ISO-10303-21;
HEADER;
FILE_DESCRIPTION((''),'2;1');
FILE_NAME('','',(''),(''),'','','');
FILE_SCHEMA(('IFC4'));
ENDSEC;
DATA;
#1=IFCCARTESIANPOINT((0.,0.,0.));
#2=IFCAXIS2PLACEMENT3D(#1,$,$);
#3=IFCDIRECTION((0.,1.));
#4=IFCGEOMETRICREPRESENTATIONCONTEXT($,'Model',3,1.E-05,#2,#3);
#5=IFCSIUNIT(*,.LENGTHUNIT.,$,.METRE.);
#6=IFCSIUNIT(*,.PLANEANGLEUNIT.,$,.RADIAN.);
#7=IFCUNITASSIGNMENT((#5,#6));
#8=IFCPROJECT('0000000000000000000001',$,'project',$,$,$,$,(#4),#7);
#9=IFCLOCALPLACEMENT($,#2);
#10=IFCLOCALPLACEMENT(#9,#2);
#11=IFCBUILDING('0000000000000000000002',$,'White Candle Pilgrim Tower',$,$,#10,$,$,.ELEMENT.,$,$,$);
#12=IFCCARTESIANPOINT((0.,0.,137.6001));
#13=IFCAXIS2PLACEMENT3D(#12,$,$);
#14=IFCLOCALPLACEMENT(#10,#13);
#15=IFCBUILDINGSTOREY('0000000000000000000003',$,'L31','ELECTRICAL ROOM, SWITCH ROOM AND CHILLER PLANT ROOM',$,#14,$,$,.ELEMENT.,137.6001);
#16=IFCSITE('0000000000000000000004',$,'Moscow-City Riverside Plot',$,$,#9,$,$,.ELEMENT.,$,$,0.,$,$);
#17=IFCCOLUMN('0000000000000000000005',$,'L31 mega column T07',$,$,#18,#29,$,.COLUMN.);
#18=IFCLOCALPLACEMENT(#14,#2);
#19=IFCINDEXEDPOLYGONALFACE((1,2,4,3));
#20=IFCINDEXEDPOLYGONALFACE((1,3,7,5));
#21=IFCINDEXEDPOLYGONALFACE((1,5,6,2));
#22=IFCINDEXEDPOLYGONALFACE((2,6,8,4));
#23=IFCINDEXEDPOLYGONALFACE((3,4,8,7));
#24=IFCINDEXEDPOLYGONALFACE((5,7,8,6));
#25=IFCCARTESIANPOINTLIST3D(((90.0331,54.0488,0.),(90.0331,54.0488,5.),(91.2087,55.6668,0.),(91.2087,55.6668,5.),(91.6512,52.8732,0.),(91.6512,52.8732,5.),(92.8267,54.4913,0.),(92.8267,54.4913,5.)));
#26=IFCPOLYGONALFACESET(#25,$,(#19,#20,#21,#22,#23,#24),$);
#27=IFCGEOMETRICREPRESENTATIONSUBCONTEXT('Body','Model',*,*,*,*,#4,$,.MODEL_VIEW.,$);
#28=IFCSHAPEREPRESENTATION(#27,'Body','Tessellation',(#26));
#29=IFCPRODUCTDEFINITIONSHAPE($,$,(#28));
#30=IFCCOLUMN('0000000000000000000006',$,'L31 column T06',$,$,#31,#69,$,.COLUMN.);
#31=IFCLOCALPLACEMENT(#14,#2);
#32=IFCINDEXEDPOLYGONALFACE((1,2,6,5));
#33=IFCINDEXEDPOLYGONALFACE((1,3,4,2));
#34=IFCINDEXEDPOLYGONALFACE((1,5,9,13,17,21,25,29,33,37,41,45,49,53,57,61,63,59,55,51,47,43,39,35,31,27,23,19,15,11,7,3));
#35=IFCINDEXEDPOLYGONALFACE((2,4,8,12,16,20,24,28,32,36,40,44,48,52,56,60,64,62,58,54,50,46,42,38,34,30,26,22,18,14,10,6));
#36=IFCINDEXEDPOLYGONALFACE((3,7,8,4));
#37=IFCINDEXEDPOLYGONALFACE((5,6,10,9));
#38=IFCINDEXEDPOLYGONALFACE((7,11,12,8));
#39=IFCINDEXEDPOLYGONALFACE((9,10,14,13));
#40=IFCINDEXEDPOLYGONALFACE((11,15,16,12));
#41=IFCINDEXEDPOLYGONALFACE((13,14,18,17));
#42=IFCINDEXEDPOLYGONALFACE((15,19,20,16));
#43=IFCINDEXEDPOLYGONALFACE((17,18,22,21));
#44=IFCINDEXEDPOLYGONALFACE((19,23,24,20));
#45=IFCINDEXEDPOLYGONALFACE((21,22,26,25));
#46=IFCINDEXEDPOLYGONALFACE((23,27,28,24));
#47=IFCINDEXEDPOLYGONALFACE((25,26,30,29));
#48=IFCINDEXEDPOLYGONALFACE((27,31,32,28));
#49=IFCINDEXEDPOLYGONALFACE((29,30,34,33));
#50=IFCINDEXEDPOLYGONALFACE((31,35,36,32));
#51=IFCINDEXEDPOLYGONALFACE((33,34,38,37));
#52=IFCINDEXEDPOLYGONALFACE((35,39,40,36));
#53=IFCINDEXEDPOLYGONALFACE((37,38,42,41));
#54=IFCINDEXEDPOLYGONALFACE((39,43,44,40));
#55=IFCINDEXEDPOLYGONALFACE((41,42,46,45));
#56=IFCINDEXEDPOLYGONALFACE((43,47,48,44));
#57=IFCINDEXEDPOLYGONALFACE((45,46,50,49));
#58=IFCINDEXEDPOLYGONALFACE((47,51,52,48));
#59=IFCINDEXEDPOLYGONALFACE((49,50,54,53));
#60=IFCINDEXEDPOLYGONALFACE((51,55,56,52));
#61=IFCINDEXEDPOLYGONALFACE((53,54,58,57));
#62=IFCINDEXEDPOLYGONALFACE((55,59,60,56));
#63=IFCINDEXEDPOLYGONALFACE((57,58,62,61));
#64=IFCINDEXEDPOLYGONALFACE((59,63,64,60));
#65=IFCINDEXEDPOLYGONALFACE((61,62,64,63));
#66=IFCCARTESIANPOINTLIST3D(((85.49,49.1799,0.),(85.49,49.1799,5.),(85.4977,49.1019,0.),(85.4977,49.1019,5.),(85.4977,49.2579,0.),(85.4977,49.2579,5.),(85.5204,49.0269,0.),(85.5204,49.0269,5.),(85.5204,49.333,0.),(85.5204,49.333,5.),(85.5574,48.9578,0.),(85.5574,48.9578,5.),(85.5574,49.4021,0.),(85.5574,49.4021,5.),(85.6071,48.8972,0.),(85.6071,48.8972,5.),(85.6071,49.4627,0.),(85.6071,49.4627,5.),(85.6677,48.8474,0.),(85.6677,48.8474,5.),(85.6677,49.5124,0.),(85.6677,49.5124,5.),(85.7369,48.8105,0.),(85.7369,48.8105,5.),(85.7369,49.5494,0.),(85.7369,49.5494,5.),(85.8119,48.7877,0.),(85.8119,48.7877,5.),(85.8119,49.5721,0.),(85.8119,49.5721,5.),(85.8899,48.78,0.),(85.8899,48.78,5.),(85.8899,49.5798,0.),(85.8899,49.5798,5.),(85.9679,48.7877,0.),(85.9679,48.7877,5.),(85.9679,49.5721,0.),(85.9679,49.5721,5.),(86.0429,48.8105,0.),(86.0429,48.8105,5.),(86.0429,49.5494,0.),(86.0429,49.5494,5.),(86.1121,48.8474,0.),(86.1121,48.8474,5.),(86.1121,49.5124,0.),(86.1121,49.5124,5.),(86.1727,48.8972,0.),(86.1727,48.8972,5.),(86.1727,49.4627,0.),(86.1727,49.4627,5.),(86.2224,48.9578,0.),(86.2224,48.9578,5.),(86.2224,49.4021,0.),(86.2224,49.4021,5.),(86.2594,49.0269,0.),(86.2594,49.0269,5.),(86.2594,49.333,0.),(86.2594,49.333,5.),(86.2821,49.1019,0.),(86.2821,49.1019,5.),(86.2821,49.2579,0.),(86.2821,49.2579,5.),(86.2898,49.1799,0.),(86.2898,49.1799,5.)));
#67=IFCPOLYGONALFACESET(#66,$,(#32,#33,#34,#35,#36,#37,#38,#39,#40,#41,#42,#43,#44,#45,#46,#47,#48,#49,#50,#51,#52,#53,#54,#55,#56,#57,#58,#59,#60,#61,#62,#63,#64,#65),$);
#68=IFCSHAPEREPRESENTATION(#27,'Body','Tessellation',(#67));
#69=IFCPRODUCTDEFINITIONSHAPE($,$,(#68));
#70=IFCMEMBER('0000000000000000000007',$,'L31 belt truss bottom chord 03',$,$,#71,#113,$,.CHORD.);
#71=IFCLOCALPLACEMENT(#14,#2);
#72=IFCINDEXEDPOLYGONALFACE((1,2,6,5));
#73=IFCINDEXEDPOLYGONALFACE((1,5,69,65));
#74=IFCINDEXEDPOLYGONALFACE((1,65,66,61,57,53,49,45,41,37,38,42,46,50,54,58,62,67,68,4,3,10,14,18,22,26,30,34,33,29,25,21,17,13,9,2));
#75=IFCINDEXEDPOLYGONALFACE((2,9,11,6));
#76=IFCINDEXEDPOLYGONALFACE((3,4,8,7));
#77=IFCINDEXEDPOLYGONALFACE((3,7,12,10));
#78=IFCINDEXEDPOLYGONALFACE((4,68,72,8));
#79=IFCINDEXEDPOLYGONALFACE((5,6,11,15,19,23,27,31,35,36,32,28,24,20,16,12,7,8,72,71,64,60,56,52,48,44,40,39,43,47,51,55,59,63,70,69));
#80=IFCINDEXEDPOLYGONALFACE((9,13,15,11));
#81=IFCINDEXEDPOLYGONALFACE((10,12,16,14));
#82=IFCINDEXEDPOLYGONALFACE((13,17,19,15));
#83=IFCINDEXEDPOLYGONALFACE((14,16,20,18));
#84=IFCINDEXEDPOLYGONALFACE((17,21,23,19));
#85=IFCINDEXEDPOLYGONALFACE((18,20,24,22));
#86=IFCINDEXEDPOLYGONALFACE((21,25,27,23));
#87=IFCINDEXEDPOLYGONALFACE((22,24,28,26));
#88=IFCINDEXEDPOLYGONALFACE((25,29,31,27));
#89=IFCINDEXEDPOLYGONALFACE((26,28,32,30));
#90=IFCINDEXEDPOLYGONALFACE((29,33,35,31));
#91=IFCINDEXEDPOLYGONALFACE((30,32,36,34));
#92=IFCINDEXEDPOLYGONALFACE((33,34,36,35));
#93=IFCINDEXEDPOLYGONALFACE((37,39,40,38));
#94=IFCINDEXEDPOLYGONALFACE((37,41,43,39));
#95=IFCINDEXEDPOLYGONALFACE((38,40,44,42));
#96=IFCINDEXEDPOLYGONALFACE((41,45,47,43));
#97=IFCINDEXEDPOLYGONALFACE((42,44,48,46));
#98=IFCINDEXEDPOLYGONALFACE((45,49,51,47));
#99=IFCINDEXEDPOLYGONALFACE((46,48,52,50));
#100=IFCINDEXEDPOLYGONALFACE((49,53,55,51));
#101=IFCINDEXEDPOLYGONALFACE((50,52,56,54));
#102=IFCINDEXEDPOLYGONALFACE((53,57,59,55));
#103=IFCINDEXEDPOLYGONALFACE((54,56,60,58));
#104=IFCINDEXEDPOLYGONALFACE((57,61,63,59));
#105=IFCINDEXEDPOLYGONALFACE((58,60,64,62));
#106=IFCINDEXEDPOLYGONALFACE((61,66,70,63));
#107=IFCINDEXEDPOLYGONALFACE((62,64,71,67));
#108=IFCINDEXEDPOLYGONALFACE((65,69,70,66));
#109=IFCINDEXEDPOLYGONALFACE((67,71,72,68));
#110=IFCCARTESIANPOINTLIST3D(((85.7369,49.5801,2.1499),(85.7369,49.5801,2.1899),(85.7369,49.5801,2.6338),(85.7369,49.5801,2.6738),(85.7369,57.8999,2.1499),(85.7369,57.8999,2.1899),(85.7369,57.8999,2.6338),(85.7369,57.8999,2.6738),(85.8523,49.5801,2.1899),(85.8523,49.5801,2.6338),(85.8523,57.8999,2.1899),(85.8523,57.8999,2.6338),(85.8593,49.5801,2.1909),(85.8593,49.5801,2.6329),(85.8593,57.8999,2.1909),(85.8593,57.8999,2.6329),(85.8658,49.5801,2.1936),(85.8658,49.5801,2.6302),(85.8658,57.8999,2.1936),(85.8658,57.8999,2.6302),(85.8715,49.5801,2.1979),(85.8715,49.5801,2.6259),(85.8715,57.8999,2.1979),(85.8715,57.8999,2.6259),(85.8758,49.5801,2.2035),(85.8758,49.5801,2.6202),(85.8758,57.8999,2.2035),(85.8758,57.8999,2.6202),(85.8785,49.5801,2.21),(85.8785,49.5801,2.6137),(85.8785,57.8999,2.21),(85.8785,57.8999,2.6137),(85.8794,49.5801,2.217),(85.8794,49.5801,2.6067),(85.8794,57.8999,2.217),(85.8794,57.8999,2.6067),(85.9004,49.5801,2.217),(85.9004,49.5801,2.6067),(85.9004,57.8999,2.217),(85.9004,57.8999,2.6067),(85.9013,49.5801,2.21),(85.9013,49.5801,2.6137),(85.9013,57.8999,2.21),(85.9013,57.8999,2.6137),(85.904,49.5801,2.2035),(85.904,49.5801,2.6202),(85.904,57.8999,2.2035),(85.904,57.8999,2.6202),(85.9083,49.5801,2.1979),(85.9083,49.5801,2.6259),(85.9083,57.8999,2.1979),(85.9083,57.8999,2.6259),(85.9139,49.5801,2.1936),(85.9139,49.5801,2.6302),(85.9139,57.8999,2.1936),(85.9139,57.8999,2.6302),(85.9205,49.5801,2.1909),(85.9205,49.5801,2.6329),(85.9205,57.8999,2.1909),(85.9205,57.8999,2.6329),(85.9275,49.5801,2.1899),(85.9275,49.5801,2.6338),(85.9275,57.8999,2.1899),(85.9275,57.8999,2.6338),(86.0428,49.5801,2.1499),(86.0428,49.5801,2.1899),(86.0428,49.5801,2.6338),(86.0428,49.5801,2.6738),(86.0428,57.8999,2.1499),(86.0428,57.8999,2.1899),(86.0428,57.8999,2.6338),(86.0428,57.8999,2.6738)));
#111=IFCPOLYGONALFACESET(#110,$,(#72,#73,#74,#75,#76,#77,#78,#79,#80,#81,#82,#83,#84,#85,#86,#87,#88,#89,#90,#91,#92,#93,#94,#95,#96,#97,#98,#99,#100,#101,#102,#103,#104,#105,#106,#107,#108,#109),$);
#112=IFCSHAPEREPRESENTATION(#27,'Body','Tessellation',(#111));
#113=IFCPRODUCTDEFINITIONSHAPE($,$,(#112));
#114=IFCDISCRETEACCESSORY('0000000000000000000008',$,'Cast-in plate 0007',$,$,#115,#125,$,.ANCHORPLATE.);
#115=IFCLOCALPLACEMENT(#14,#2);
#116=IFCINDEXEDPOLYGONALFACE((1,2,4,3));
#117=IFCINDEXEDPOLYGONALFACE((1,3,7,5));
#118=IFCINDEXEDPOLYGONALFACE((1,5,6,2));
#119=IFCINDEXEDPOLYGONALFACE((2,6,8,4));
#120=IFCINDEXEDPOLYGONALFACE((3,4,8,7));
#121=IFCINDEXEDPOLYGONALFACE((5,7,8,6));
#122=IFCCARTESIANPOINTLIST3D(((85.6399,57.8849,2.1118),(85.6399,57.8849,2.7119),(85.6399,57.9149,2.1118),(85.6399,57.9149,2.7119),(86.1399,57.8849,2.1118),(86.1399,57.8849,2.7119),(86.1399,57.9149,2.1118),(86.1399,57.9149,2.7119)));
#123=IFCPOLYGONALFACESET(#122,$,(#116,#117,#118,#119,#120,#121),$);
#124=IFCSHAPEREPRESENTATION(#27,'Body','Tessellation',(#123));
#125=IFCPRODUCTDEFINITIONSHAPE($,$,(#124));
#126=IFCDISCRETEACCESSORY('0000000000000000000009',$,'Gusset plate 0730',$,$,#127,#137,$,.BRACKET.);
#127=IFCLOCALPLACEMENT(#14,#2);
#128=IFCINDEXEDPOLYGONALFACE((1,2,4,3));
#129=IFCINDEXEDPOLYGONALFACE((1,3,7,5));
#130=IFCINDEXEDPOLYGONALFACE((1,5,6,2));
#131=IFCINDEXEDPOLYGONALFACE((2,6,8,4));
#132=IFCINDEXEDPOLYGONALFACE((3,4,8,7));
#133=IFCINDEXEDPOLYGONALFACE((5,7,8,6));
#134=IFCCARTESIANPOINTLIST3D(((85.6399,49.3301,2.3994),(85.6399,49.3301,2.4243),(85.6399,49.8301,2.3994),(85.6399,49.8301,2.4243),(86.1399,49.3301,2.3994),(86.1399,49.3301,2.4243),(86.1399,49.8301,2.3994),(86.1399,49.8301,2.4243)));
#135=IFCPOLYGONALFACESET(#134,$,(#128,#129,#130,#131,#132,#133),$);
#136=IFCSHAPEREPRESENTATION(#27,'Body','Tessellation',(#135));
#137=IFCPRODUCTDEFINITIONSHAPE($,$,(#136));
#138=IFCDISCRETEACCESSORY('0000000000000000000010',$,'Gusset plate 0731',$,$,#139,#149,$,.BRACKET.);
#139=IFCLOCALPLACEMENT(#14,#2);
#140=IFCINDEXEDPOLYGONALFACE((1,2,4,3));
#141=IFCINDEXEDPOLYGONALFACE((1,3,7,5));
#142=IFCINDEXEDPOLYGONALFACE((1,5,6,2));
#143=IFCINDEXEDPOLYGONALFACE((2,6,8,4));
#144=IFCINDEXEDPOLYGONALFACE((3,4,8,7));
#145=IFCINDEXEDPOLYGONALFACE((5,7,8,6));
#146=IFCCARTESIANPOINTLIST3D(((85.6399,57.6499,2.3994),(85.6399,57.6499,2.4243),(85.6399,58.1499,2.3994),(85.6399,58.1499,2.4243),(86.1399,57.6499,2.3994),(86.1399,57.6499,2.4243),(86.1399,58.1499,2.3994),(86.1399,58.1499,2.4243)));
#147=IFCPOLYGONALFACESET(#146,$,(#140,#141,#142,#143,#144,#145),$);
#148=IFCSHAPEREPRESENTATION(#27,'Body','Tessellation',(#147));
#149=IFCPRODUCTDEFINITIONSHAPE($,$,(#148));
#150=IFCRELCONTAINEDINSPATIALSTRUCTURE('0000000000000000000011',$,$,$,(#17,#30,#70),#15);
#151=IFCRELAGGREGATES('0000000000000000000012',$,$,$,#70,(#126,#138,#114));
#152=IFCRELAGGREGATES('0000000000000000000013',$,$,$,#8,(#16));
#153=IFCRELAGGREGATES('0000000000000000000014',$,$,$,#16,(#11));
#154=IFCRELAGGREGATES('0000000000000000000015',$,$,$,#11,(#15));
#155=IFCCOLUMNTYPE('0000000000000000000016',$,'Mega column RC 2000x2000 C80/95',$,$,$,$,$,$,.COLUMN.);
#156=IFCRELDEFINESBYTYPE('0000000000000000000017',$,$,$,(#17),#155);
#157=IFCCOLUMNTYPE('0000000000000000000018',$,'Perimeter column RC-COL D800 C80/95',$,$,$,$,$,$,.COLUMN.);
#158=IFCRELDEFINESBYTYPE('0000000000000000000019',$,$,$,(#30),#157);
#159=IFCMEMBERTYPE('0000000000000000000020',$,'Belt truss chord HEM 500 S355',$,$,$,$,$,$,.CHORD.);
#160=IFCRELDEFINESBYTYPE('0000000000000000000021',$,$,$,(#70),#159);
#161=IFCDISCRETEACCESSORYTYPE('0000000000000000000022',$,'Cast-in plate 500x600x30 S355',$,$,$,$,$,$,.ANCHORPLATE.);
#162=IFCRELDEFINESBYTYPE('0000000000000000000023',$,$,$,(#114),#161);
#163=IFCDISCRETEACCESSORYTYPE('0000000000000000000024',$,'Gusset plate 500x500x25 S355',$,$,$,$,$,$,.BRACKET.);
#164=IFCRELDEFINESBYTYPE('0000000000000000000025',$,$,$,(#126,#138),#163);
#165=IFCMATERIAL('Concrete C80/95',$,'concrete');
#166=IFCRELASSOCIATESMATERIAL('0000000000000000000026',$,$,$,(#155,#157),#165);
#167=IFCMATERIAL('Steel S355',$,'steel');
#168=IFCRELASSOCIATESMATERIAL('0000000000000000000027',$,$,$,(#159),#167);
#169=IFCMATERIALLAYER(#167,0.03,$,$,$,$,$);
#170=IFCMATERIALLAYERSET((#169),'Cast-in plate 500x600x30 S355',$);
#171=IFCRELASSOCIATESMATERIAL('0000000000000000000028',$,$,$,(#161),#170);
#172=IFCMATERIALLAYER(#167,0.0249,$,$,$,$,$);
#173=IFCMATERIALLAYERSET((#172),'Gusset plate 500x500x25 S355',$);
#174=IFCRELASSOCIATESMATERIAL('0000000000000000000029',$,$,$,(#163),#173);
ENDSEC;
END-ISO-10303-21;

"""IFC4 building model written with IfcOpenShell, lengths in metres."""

from ifc_helpers import new_model, si_unit, direction, frame, origin, origin_2d, place, context, subcontext, project, spatial, rectangle, circle, i_section, extrude, material, layer, layer_set, material_profile, profile_set, type_object, element, aggregate, save


model = new_model("IFC4")

# Units and contexts
model_context = context("Model", 3, precision=1e-05, world=origin(), true_north=direction((0.0, 1.0)))
body_context = subcontext(model_context, "Body", "Model", "MODEL_VIEW")
ifc_project = project(units=[si_unit("LENGTHUNIT", "METRE"), si_unit("PLANEANGLEUNIT", "RADIAN")], contexts=[model_context])

# Site, building, storey
site_placement = place(None, origin())
site = spatial("IfcSite", under=ifc_project, at=site_placement, Name="Moscow-City Riverside Plot", CompositionType="ELEMENT", RefElevation=0.0)
building_placement = place(site_placement, origin())
building = spatial("IfcBuilding", under=site, at=building_placement, Name="White Candle Pilgrim Tower", CompositionType="ELEMENT")
storey_placement = place(building_placement, frame((0.0, 0.0, 137.6001)))
storey = spatial("IfcBuildingStorey", under=building, at=storey_placement, Name="L31", Description="ELECTRICAL ROOM, SWITCH ROOM AND CHILLER PLANT ROOM", CompositionType="ELEMENT", Elevation=137.6001)

# Columns
ifc_material_1 = material(Name="Concrete C80/95", Category="concrete")
ifc_material_profile_1 = material_profile(ifc_material_1, rectangle(XDim=2.0, YDim=2.0, at=origin_2d()), Name="RC 2000x2000")
ifc_profile_set_1 = profile_set([ifc_material_profile_1], Name="Concrete C80/95")
column_type_1 = type_object("IfcColumnType", Name="Mega column RC 2000x2000 C80/95", PredefinedType="COLUMN", material=ifc_profile_set_1)
column_1_placement = place(storey_placement, frame((91.4299, 54.27, 0.0), z_axis=(0.0, 0.0, 1.0), x_axis=(0.809017, -0.587785, 0.0)))
element("IfcColumn", 1, at=column_1_placement, inside=storey, type_object=column_type_1, Name="L31 mega column T07", PredefinedType="COLUMN", context=body_context, shape_type="SweptSolid", body=[
    extrude(rectangle(XDim=2.0, YDim=2.0, at=origin_2d()), origin(), (0.0, 0.0, 1.0), 5.0),
])
ifc_material_profile_2 = material_profile(ifc_material_1, circle(Radius=0.3999, at=origin_2d()), Name="RC-COL D800")
ifc_profile_set_2 = profile_set([ifc_material_profile_2], Name="Concrete C80/95")
column_type_2 = type_object("IfcColumnType", Name="Perimeter column RC-COL D800 C80/95", PredefinedType="COLUMN", material=ifc_profile_set_2)
column_2_placement = place(storey_placement, frame((85.8899, 49.1799, 0.0), z_axis=(0.0, 0.0, 1.0), x_axis=(1.0, 0.0, 0.0)))
element("IfcColumn", 2, at=column_2_placement, inside=storey, type_object=column_type_2, Name="L31 column T06", PredefinedType="COLUMN", context=body_context, shape_type="SweptSolid", body=[
    extrude(circle(Radius=0.3999, at=origin_2d()), origin(), (0.0, 0.0, 1.0), 5.0),
])

# Member
ifc_material_2 = material(Name="Steel S355", Category="steel")
ifc_material_profile_3 = material_profile(ifc_material_2, i_section(OverallWidth=0.3059, OverallDepth=0.5239, WebThickness=0.021, FlangeThickness=0.04, FilletRadius=0.0271, at=origin_2d()), Name="HEM 500")
ifc_profile_set_3 = profile_set([ifc_material_profile_3], Name="Steel S355")
member_type_1 = type_object("IfcMemberType", Name="Belt truss chord HEM 500 S355", PredefinedType="CHORD", material=ifc_profile_set_3)
member_1_placement = place(storey_placement, frame((85.8899, 49.5801, 2.4119), z_axis=(0.0, 1.0, 0.0), x_axis=(1.0, 0.0, 0.0)))
member_1 = element("IfcMember", 3, at=member_1_placement, inside=storey, type_object=member_type_1, Name="L31 belt truss bottom chord 03", PredefinedType="CHORD", context=body_context, shape_type="SweptSolid", body=[
    extrude(i_section(OverallWidth=0.3059, OverallDepth=0.5239, WebThickness=0.021, FlangeThickness=0.04, FilletRadius=0.0271, at=origin_2d()), origin(), (0.0, 0.0, 1.0), 8.3198),
])

# Discrete accessories
ifc_layer_1 = layer(ifc_material_2, 0.03)
ifc_layer_set_1 = layer_set([ifc_layer_1], Name="Cast-in plate 500x600x30 S355")
discrete_accessory_type_1 = type_object("IfcDiscreteAccessoryType", Name="Cast-in plate 500x600x30 S355", PredefinedType="ANCHORPLATE", material=ifc_layer_set_1)
discrete_accessory_1_placement = place(storey_placement, frame((85.8899, 57.8999, 2.1118), z_axis=(0.0, 0.0, 1.0), x_axis=(0.0, -1.0, 0.0)))
discrete_accessory_1 = element("IfcDiscreteAccessory", 4, at=discrete_accessory_1_placement, type_object=discrete_accessory_type_1, Name="Cast-in plate 0007", PredefinedType="ANCHORPLATE", context=body_context, shape_type="SweptSolid", body=[
    extrude(rectangle(XDim=0.03, YDim=0.5, at=origin_2d()), origin(), (0.0, 0.0, 1.0), 0.6001),
])
ifc_layer_2 = layer(ifc_material_2, 0.0249)
ifc_layer_set_2 = layer_set([ifc_layer_2], Name="Gusset plate 500x500x25 S355")
discrete_accessory_type_2 = type_object("IfcDiscreteAccessoryType", Name="Gusset plate 500x500x25 S355", PredefinedType="BRACKET", material=ifc_layer_set_2)
discrete_accessory_2_placement = place(storey_placement, frame((85.8899, 49.5801, 2.3994), z_axis=(0.0, 0.0, 1.0), x_axis=(1.0, 0.0, 0.0)))
discrete_accessory_2 = element("IfcDiscreteAccessory", 5, at=discrete_accessory_2_placement, type_object=discrete_accessory_type_2, Name="Gusset plate 0730", PredefinedType="BRACKET", context=body_context, shape_type="SweptSolid", body=[
    extrude(rectangle(XDim=0.5, YDim=0.5, at=origin_2d()), origin(), (0.0, 0.0, 1.0), 0.0249),
])
discrete_accessory_3_placement = place(storey_placement, frame((85.8899, 57.8999, 2.3994), z_axis=(0.0, 0.0, 1.0), x_axis=(1.0, 0.0, 0.0)))
discrete_accessory_3 = element("IfcDiscreteAccessory", 6, at=discrete_accessory_3_placement, type_object=discrete_accessory_type_2, Name="Gusset plate 0731", PredefinedType="BRACKET", context=body_context, shape_type="SweptSolid", body=[
    extrude(rectangle(XDim=0.5, YDim=0.5, at=origin_2d()), origin(), (0.0, 0.0, 1.0), 0.0249),
])
aggregate(member_1, [discrete_accessory_2, discrete_accessory_3, discrete_accessory_1])

save(model, "model.ifc")
